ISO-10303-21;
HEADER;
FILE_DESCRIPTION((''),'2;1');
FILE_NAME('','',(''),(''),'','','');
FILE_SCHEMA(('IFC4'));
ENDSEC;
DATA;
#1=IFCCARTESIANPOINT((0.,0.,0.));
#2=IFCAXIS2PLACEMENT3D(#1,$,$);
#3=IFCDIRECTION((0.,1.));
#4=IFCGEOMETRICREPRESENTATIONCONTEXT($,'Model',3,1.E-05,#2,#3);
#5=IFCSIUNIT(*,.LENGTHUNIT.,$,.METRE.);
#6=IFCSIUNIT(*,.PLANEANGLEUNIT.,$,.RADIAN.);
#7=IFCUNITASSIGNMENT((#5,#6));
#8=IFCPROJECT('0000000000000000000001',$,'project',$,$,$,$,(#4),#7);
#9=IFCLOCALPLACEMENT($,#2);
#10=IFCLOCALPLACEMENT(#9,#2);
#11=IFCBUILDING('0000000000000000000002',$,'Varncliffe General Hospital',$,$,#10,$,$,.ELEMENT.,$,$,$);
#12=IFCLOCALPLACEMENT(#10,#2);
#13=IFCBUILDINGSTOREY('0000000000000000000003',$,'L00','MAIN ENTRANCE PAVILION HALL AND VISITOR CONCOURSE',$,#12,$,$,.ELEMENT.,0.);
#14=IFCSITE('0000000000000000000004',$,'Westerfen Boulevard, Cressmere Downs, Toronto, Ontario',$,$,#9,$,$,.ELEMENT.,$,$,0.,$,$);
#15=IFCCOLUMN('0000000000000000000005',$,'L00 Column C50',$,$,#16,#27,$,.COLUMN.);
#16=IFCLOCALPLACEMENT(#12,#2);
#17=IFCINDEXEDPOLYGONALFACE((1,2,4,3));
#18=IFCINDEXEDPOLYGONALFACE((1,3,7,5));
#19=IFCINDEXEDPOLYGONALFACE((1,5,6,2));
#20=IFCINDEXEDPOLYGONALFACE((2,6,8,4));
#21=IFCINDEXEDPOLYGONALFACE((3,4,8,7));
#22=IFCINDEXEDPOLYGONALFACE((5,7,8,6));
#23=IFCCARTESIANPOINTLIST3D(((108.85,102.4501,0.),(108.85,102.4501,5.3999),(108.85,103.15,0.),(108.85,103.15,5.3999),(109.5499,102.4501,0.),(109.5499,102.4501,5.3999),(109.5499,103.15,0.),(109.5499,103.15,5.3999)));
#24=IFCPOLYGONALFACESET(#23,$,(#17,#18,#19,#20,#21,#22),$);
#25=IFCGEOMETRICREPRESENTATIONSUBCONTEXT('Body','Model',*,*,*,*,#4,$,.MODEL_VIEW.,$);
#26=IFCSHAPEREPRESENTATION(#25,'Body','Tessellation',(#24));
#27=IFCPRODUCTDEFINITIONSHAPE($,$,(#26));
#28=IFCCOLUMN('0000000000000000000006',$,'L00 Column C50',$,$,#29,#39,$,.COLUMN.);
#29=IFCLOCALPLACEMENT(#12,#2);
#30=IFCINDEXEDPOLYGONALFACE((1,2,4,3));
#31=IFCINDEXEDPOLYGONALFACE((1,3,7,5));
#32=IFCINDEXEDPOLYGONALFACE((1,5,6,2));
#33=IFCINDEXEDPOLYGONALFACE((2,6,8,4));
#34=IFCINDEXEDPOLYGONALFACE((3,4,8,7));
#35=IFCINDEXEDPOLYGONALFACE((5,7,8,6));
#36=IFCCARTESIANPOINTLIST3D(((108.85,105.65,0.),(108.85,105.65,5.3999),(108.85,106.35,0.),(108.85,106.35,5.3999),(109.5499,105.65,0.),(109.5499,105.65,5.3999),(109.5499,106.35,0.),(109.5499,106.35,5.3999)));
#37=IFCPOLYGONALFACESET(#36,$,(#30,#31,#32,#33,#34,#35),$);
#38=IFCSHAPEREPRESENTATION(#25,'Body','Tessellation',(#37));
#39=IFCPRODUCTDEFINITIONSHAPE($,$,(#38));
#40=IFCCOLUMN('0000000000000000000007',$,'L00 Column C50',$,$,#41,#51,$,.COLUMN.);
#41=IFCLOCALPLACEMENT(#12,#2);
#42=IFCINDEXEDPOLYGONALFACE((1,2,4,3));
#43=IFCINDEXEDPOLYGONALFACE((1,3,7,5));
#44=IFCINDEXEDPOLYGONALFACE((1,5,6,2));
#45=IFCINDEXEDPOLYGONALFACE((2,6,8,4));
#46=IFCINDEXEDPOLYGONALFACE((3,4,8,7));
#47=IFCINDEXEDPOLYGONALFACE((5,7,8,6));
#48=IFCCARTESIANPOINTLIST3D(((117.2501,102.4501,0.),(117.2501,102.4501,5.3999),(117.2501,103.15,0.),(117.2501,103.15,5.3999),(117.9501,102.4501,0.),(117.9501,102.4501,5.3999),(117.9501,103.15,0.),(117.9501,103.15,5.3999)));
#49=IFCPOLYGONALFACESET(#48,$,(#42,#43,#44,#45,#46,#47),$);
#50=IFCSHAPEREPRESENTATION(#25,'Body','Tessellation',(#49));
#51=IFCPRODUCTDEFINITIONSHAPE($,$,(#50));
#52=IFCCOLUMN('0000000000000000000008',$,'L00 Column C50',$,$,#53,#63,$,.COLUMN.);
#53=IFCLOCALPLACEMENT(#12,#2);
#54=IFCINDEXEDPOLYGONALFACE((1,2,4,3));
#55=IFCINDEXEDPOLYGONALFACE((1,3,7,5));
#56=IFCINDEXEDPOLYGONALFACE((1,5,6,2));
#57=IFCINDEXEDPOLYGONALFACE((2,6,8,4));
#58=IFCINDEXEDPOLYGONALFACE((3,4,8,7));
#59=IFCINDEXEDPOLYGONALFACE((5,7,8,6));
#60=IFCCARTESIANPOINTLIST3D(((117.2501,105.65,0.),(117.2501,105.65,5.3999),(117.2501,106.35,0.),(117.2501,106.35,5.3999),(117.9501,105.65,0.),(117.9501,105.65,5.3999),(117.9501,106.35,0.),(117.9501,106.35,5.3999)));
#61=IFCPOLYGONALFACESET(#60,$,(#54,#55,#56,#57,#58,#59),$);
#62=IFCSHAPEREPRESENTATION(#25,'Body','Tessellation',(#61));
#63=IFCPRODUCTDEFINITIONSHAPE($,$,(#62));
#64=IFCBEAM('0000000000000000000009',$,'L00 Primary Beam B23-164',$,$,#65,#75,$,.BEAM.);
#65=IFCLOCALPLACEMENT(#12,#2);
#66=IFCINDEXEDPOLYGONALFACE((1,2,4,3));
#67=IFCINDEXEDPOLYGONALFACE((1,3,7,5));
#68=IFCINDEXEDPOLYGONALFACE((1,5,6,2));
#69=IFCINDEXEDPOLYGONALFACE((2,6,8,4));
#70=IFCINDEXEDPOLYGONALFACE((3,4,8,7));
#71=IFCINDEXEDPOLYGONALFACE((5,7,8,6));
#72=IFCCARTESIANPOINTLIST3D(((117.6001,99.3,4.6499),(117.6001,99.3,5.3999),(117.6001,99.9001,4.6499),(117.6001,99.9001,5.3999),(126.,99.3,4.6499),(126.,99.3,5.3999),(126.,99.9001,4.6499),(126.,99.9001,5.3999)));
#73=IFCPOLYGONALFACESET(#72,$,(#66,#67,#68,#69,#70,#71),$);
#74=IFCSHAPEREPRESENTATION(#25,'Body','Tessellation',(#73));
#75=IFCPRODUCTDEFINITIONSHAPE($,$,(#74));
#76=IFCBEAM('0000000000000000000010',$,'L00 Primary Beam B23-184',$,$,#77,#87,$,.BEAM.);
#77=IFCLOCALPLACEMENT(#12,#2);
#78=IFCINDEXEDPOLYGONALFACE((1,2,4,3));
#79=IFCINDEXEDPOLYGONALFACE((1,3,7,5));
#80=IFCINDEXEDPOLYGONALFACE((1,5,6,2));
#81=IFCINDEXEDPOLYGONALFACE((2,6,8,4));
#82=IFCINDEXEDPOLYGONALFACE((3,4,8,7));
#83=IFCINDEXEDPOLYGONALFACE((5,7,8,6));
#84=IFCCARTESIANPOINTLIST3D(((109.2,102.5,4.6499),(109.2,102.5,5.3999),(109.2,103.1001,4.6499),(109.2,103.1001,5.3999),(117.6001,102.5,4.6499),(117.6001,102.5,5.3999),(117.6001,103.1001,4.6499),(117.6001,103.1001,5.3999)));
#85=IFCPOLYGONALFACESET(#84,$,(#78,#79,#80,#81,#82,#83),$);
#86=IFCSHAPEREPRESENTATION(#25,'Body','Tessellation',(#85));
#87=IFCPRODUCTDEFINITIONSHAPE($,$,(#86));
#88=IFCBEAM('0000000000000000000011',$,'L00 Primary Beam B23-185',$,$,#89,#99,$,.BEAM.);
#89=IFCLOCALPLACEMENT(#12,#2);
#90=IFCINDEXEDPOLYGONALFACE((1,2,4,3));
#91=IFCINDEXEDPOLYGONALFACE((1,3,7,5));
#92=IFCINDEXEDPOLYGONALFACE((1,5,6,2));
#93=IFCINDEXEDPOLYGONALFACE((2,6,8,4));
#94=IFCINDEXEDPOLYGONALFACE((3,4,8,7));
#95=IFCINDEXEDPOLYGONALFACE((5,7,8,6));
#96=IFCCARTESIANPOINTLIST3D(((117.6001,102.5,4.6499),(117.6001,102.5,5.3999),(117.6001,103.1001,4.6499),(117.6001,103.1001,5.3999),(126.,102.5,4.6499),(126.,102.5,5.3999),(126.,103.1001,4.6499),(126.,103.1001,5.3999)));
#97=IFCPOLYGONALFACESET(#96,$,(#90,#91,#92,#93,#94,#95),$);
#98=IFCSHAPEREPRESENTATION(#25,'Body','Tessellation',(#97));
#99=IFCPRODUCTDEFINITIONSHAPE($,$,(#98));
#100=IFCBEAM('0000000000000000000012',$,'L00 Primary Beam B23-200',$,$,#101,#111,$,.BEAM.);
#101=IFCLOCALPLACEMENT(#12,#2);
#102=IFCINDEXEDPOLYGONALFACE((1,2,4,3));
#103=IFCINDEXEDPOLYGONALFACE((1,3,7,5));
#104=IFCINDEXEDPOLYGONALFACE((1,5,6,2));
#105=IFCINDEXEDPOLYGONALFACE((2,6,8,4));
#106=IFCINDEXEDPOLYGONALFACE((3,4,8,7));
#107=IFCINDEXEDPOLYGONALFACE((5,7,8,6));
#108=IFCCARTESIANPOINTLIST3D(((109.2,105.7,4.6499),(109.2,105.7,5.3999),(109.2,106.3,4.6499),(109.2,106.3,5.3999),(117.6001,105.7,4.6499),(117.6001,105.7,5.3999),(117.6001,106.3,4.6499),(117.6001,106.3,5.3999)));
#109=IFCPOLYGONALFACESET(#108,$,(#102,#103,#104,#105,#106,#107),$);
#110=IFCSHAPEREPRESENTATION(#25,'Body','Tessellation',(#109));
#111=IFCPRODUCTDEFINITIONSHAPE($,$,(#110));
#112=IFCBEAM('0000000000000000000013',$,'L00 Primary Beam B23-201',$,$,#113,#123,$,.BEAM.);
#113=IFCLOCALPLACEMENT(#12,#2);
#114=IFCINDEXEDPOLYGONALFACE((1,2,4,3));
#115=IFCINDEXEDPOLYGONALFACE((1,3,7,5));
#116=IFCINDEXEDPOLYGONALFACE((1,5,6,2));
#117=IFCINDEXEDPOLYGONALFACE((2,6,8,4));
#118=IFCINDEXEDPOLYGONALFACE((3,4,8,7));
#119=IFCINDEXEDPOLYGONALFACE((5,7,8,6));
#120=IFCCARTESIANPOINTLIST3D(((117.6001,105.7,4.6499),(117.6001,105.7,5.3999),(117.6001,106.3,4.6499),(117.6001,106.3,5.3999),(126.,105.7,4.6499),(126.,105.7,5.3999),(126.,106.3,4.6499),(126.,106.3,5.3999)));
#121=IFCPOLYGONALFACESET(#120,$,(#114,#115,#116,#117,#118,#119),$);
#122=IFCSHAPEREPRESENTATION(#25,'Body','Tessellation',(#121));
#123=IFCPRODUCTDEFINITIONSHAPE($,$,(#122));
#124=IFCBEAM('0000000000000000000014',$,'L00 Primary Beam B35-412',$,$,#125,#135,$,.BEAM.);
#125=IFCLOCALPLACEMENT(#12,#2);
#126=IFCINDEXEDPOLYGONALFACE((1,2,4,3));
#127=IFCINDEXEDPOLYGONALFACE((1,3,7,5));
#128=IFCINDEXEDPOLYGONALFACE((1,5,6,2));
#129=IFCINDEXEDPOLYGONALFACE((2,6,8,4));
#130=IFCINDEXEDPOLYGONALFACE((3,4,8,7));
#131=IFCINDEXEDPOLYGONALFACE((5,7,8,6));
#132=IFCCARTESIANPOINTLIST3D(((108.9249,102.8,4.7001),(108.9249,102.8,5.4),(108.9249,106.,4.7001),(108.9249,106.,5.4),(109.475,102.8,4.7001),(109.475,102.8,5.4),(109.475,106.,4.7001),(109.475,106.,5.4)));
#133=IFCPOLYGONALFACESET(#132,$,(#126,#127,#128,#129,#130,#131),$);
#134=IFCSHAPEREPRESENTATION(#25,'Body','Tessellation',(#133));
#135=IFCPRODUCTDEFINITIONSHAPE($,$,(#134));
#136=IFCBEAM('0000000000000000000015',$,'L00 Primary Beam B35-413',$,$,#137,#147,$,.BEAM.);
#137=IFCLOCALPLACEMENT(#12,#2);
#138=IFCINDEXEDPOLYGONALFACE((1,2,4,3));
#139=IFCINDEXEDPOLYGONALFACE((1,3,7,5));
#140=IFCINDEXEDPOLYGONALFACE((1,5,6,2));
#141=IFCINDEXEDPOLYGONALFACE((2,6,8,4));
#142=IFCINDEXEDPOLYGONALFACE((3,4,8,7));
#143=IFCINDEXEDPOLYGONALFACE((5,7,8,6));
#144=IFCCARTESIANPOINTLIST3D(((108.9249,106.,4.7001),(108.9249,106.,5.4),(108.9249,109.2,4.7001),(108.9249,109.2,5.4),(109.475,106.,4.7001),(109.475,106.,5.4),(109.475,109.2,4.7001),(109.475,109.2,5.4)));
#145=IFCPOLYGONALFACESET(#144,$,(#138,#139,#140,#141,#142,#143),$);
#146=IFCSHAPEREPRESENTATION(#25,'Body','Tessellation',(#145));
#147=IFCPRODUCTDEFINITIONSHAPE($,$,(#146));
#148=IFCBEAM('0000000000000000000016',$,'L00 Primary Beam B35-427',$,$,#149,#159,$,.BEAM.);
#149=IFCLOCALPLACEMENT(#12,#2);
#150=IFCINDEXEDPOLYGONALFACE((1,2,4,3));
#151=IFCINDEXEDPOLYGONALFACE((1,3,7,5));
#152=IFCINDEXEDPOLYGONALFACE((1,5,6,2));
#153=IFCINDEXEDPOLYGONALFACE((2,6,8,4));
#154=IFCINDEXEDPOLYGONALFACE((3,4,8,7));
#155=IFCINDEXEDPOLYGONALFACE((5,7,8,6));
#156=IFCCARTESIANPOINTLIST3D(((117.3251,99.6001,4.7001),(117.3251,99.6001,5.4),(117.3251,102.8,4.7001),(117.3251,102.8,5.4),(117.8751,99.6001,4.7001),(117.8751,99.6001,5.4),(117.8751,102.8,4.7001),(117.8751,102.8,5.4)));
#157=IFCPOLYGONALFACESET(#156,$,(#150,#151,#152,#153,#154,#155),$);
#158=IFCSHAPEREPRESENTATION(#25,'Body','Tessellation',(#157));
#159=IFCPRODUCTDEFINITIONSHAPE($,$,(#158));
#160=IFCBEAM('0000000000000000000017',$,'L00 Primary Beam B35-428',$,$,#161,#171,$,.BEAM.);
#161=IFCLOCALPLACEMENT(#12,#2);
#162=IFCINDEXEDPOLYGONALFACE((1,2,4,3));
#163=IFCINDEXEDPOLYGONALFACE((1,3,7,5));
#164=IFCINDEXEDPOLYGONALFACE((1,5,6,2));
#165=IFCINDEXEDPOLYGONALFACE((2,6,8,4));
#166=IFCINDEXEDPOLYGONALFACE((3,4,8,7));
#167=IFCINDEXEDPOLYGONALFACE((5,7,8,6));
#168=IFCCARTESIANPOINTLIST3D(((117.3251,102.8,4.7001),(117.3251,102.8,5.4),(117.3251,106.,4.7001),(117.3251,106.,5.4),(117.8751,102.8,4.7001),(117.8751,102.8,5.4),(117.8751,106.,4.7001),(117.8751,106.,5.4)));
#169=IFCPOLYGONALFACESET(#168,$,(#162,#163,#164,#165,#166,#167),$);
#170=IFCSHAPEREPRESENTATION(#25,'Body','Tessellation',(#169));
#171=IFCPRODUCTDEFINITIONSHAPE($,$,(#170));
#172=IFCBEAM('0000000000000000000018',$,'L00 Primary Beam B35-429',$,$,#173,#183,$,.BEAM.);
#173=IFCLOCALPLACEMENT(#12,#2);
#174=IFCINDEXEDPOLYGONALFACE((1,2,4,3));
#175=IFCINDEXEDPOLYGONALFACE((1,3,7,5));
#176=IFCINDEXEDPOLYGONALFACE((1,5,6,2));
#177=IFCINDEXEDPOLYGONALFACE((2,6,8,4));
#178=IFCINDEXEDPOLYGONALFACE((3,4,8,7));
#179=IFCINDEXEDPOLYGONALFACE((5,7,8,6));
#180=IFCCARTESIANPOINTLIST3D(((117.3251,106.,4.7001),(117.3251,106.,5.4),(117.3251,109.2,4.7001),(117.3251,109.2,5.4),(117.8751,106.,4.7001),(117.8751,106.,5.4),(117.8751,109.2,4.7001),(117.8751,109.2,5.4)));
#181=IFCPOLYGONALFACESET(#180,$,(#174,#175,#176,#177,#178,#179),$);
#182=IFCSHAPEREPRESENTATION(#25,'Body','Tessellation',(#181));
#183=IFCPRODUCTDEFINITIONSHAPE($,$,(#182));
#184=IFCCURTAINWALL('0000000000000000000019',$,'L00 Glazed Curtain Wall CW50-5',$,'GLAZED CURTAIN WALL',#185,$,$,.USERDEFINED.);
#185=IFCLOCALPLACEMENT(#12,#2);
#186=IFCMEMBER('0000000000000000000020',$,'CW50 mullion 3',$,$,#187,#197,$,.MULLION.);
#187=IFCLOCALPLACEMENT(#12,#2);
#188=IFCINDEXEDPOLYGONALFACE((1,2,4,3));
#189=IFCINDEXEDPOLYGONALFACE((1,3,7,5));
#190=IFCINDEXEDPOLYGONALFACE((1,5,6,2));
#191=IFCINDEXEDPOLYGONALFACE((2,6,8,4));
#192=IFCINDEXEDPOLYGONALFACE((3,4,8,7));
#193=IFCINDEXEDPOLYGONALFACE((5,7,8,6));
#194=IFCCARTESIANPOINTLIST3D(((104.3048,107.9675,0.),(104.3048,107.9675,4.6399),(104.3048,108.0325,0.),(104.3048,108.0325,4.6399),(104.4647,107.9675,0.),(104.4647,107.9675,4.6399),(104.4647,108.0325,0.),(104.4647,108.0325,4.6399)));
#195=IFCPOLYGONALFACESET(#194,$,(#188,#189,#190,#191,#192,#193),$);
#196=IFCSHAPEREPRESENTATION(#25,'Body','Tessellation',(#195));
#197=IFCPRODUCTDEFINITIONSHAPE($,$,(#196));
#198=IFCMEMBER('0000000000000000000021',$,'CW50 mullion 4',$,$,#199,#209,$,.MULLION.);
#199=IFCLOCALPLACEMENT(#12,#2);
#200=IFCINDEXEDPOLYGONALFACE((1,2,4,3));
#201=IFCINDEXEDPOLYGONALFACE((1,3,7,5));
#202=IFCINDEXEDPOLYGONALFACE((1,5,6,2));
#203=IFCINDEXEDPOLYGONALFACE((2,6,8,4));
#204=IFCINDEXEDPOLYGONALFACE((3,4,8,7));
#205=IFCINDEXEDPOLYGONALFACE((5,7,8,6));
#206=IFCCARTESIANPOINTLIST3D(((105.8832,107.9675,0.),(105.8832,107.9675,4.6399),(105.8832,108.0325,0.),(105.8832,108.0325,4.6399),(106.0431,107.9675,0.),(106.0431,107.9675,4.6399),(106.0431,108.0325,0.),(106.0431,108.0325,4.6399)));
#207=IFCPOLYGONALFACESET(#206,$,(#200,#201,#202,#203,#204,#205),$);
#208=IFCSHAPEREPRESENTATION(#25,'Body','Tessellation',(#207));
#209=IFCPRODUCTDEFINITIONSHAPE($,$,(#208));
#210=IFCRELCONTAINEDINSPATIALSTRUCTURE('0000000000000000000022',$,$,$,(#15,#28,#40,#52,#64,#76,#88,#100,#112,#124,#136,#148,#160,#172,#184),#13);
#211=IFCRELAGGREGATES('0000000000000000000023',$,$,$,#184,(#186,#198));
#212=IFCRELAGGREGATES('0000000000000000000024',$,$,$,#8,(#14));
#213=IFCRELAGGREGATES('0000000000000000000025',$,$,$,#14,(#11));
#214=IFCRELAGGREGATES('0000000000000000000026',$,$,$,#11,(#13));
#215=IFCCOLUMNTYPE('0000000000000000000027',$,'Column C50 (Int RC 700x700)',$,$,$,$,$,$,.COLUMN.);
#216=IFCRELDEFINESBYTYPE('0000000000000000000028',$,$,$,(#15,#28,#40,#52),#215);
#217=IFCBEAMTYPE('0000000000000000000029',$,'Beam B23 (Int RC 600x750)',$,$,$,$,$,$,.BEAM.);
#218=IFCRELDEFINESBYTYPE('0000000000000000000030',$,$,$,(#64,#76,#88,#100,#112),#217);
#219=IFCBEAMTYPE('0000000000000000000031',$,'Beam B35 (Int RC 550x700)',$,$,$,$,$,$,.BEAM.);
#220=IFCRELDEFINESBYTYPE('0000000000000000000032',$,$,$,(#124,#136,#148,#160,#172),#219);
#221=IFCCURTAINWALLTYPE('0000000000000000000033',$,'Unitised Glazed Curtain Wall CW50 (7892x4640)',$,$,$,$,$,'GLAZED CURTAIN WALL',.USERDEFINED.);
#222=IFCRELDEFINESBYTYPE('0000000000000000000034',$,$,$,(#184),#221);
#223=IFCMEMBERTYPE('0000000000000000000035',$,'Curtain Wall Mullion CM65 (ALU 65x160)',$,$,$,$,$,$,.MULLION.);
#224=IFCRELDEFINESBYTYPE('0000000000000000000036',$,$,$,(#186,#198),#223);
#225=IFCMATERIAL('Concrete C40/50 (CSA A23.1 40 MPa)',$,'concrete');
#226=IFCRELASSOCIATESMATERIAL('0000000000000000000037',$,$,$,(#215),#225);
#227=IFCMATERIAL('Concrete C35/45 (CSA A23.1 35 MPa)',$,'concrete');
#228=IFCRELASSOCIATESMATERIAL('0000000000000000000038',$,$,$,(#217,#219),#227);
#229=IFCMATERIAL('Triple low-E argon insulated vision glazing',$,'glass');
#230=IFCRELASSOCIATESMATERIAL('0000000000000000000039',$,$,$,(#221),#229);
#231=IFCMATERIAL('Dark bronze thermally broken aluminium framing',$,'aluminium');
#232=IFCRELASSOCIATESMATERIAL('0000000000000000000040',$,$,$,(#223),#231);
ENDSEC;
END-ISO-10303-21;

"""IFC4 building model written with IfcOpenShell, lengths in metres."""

from ifc_helpers import new_model, si_unit, direction, frame, origin, origin_2d, place, context, subcontext, project, spatial, rectangle, extrude, material, material_profile, profile_set, type_object, element, aggregate, save


model = new_model("IFC4")

# Units and contexts
model_context = context("Model", 3, precision=1e-05, world=origin(), true_north=direction((0.0, 1.0)))
body_context = subcontext(model_context, "Body", "Model", "MODEL_VIEW")
ifc_project = project(units=[si_unit("LENGTHUNIT", "METRE"), si_unit("PLANEANGLEUNIT", "RADIAN")], contexts=[model_context])

# Site, building, storey
site_placement = place(None, origin())
site = spatial("IfcSite", under=ifc_project, at=site_placement, Name="Westerfen Boulevard, Cressmere Downs, Toronto, Ontario", CompositionType="ELEMENT", RefElevation=0.0)
building_placement = place(site_placement, origin())
building = spatial("IfcBuilding", under=site, at=building_placement, Name="Varncliffe General Hospital", CompositionType="ELEMENT")
storey_placement = place(building_placement, origin())
storey = spatial("IfcBuildingStorey", under=building, at=storey_placement, Name="L00", Description="MAIN ENTRANCE PAVILION HALL AND VISITOR CONCOURSE", CompositionType="ELEMENT", Elevation=0.0)

# Columns
ifc_material_1 = material(Name="Concrete C40/50 (CSA A23.1 40 MPa)", Category="concrete")
ifc_material_profile_1 = material_profile(ifc_material_1, rectangle(XDim=0.7, YDim=0.7, at=origin_2d()), Name="RC 700x700")
ifc_profile_set_1 = profile_set([ifc_material_profile_1], Name="Concrete C40/50 (CSA A23.1 40 MPa)")
column_type = type_object("IfcColumnType", Name="Column C50 (Int RC 700x700)", PredefinedType="COLUMN", material=ifc_profile_set_1)
for number, where, z_axis, x_axis, name in (
    (1, (109.2, 102.8, 0.0), (0.0, 0.0, 1.0), (1.0, 0.0, 0.0), "L00 Column C50"),
    (2, (109.2, 106.0, 0.0), (0.0, 0.0, 1.0), (1.0, 0.0, 0.0), "L00 Column C50"),
    (3, (117.6001, 102.8, 0.0), (0.0, 0.0, 1.0), (1.0, 0.0, 0.0), "L00 Column C50"),
    (4, (117.6001, 106.0, 0.0), (0.0, 0.0, 1.0), (1.0, 0.0, 0.0), "L00 Column C50"),
):
    element("IfcColumn", number, at=place(storey_placement, frame(where, z_axis=z_axis, x_axis=x_axis)), inside=storey, type_object=column_type, Name=name, PredefinedType="COLUMN", context=body_context, shape_type="SweptSolid", body=[
        extrude(rectangle(XDim=0.7, YDim=0.7, at=origin_2d()), origin(), (0.0, 0.0, 1.0), 5.3999),
    ])

# Beams
ifc_material_2 = material(Name="Concrete C35/45 (CSA A23.1 35 MPa)", Category="concrete")
ifc_material_profile_2 = material_profile(ifc_material_2, rectangle(XDim=0.6001, YDim=0.75, at=origin_2d()), Name="RC 600x750")
ifc_profile_set_2 = profile_set([ifc_material_profile_2], Name="Concrete C35/45 (CSA A23.1 35 MPa)")
beam_type_1 = type_object("IfcBeamType", Name="Beam B23 (Int RC 600x750)", PredefinedType="BEAM", material=ifc_profile_set_2)
beam_1_placement = place(storey_placement, frame((117.6001, 99.6001, 5.0249), z_axis=(1.0, 0.0, 0.0), x_axis=(0.0, 1.0, 0.0)))
element("IfcBeam", 5, at=beam_1_placement, inside=storey, type_object=beam_type_1, Name="L00 Primary Beam B23-164", PredefinedType="BEAM", context=body_context, shape_type="SweptSolid", body=[
    extrude(rectangle(XDim=0.6001, YDim=0.75, at=origin_2d()), origin(), (0.0, 0.0, 1.0), 8.3999),
])
beam_2_placement = place(storey_placement, frame((109.2, 102.8, 5.0249), z_axis=(1.0, 0.0, 0.0), x_axis=(0.0, 1.0, 0.0)))
element("IfcBeam", 6, at=beam_2_placement, inside=storey, type_object=beam_type_1, Name="L00 Primary Beam B23-184", PredefinedType="BEAM", context=body_context, shape_type="SweptSolid", body=[
    extrude(rectangle(XDim=0.6001, YDim=0.75, at=origin_2d()), origin(), (0.0, 0.0, 1.0), 8.4001),
])
beam_3_placement = place(storey_placement, frame((117.6001, 102.8, 5.0249), z_axis=(1.0, 0.0, 0.0), x_axis=(0.0, 1.0, 0.0)))
element("IfcBeam", 7, at=beam_3_placement, inside=storey, type_object=beam_type_1, Name="L00 Primary Beam B23-185", PredefinedType="BEAM", context=body_context, shape_type="SweptSolid", body=[
    extrude(rectangle(XDim=0.6001, YDim=0.75, at=origin_2d()), origin(), (0.0, 0.0, 1.0), 8.3999),
])
beam_4_placement = place(storey_placement, frame((109.2, 106.0, 5.0249), z_axis=(1.0, 0.0, 0.0), x_axis=(0.0, 1.0, 0.0)))
element("IfcBeam", 8, at=beam_4_placement, inside=storey, type_object=beam_type_1, Name="L00 Primary Beam B23-200", PredefinedType="BEAM", context=body_context, shape_type="SweptSolid", body=[
    extrude(rectangle(XDim=0.6001, YDim=0.75, at=origin_2d()), origin(), (0.0, 0.0, 1.0), 8.4001),
])
beam_5_placement = place(storey_placement, frame((117.6001, 106.0, 5.0249), z_axis=(1.0, 0.0, 0.0), x_axis=(0.0, 1.0, 0.0)))
element("IfcBeam", 9, at=beam_5_placement, inside=storey, type_object=beam_type_1, Name="L00 Primary Beam B23-201", PredefinedType="BEAM", context=body_context, shape_type="SweptSolid", body=[
    extrude(rectangle(XDim=0.6001, YDim=0.75, at=origin_2d()), origin(), (0.0, 0.0, 1.0), 8.3999),
])
ifc_material_profile_3 = material_profile(ifc_material_2, rectangle(XDim=0.55, YDim=0.7, at=origin_2d()), Name="RC 550x700")
ifc_profile_set_3 = profile_set([ifc_material_profile_3], Name="Concrete C35/45 (CSA A23.1 35 MPa)")
beam_type_2 = type_object("IfcBeamType", Name="Beam B35 (Int RC 550x700)", PredefinedType="BEAM", material=ifc_profile_set_3)
for number, where, z_axis, x_axis, name in (
    (10, (109.2, 102.8, 5.05), (0.0, 1.0, 0.0), (-1.0, 0.0, 0.0), "L00 Primary Beam B35-412"),
    (11, (109.2, 106.0, 5.05), (0.0, 1.0, 0.0), (-1.0, 0.0, 0.0), "L00 Primary Beam B35-413"),
    (12, (117.6001, 99.6001, 5.05), (0.0, 1.0, 0.0), (-1.0, 0.0, 0.0), "L00 Primary Beam B35-427"),
    (13, (117.6001, 102.8, 5.05), (0.0, 1.0, 0.0), (-1.0, 0.0, 0.0), "L00 Primary Beam B35-428"),
    (14, (117.6001, 106.0, 5.05), (0.0, 1.0, 0.0), (-1.0, 0.0, 0.0), "L00 Primary Beam B35-429"),
):
    element("IfcBeam", number, at=place(storey_placement, frame(where, z_axis=z_axis, x_axis=x_axis)), inside=storey, type_object=beam_type_2, Name=name, PredefinedType="BEAM", context=body_context, shape_type="SweptSolid", body=[
        extrude(rectangle(XDim=0.55, YDim=0.7, at=origin_2d()), origin(), (0.0, 0.0, 1.0), 3.2),
    ])

# Curtain wall, members
ifc_material_3 = material(Name="Triple low-E argon insulated vision glazing", Category="glass")
curtain_wall_type = type_object("IfcCurtainWallType", Name="Unitised Glazed Curtain Wall CW50 (7892x4640)", ElementType="GLAZED CURTAIN WALL", PredefinedType="USERDEFINED", material=ifc_material_3)
curtain_wall_placement = place(storey_placement, origin())
curtain_wall = element("IfcCurtainWall", 15, at=curtain_wall_placement, inside=storey, type_object=curtain_wall_type, Name="L00 Glazed Curtain Wall CW50-5", ObjectType="GLAZED CURTAIN WALL", PredefinedType="USERDEFINED")
ifc_material_4 = material(Name="Dark bronze thermally broken aluminium framing", Category="aluminium")
ifc_material_profile_4 = material_profile(ifc_material_4, rectangle(XDim=0.0649, YDim=0.1599, at=origin_2d()), Name="ALU 65x160")
ifc_profile_set_4 = profile_set([ifc_material_profile_4], Name="Dark bronze thermally broken aluminium framing")
member_type_1 = type_object("IfcMemberType", Name="Curtain Wall Mullion CM65 (ALU 65x160)", PredefinedType="MULLION", material=ifc_profile_set_4)
member_1_placement = place(storey_placement, frame((104.3848, 108.0, 0.0), z_axis=(0.0, 0.0, 1.0), x_axis=(0.0, 1.0, 0.0)))
member_1 = element("IfcMember", 16, at=member_1_placement, type_object=member_type_1, Name="CW50 mullion 3", PredefinedType="MULLION", context=body_context, shape_type="SweptSolid", body=[
    extrude(rectangle(XDim=0.0649, YDim=0.1599, at=origin_2d()), origin(), (0.0, 0.0, 1.0), 4.6399),
])
member_2_placement = place(storey_placement, frame((105.9631, 108.0, 0.0), z_axis=(0.0, 0.0, 1.0), x_axis=(0.0, 1.0, 0.0)))
member_2 = element("IfcMember", 17, at=member_2_placement, type_object=member_type_1, Name="CW50 mullion 4", PredefinedType="MULLION", context=body_context, shape_type="SweptSolid", body=[
    extrude(rectangle(XDim=0.0649, YDim=0.1599, at=origin_2d()), origin(), (0.0, 0.0, 1.0), 4.6399),
])
aggregate(curtain_wall, [member_1, member_2])

save(model, "model.ifc")
